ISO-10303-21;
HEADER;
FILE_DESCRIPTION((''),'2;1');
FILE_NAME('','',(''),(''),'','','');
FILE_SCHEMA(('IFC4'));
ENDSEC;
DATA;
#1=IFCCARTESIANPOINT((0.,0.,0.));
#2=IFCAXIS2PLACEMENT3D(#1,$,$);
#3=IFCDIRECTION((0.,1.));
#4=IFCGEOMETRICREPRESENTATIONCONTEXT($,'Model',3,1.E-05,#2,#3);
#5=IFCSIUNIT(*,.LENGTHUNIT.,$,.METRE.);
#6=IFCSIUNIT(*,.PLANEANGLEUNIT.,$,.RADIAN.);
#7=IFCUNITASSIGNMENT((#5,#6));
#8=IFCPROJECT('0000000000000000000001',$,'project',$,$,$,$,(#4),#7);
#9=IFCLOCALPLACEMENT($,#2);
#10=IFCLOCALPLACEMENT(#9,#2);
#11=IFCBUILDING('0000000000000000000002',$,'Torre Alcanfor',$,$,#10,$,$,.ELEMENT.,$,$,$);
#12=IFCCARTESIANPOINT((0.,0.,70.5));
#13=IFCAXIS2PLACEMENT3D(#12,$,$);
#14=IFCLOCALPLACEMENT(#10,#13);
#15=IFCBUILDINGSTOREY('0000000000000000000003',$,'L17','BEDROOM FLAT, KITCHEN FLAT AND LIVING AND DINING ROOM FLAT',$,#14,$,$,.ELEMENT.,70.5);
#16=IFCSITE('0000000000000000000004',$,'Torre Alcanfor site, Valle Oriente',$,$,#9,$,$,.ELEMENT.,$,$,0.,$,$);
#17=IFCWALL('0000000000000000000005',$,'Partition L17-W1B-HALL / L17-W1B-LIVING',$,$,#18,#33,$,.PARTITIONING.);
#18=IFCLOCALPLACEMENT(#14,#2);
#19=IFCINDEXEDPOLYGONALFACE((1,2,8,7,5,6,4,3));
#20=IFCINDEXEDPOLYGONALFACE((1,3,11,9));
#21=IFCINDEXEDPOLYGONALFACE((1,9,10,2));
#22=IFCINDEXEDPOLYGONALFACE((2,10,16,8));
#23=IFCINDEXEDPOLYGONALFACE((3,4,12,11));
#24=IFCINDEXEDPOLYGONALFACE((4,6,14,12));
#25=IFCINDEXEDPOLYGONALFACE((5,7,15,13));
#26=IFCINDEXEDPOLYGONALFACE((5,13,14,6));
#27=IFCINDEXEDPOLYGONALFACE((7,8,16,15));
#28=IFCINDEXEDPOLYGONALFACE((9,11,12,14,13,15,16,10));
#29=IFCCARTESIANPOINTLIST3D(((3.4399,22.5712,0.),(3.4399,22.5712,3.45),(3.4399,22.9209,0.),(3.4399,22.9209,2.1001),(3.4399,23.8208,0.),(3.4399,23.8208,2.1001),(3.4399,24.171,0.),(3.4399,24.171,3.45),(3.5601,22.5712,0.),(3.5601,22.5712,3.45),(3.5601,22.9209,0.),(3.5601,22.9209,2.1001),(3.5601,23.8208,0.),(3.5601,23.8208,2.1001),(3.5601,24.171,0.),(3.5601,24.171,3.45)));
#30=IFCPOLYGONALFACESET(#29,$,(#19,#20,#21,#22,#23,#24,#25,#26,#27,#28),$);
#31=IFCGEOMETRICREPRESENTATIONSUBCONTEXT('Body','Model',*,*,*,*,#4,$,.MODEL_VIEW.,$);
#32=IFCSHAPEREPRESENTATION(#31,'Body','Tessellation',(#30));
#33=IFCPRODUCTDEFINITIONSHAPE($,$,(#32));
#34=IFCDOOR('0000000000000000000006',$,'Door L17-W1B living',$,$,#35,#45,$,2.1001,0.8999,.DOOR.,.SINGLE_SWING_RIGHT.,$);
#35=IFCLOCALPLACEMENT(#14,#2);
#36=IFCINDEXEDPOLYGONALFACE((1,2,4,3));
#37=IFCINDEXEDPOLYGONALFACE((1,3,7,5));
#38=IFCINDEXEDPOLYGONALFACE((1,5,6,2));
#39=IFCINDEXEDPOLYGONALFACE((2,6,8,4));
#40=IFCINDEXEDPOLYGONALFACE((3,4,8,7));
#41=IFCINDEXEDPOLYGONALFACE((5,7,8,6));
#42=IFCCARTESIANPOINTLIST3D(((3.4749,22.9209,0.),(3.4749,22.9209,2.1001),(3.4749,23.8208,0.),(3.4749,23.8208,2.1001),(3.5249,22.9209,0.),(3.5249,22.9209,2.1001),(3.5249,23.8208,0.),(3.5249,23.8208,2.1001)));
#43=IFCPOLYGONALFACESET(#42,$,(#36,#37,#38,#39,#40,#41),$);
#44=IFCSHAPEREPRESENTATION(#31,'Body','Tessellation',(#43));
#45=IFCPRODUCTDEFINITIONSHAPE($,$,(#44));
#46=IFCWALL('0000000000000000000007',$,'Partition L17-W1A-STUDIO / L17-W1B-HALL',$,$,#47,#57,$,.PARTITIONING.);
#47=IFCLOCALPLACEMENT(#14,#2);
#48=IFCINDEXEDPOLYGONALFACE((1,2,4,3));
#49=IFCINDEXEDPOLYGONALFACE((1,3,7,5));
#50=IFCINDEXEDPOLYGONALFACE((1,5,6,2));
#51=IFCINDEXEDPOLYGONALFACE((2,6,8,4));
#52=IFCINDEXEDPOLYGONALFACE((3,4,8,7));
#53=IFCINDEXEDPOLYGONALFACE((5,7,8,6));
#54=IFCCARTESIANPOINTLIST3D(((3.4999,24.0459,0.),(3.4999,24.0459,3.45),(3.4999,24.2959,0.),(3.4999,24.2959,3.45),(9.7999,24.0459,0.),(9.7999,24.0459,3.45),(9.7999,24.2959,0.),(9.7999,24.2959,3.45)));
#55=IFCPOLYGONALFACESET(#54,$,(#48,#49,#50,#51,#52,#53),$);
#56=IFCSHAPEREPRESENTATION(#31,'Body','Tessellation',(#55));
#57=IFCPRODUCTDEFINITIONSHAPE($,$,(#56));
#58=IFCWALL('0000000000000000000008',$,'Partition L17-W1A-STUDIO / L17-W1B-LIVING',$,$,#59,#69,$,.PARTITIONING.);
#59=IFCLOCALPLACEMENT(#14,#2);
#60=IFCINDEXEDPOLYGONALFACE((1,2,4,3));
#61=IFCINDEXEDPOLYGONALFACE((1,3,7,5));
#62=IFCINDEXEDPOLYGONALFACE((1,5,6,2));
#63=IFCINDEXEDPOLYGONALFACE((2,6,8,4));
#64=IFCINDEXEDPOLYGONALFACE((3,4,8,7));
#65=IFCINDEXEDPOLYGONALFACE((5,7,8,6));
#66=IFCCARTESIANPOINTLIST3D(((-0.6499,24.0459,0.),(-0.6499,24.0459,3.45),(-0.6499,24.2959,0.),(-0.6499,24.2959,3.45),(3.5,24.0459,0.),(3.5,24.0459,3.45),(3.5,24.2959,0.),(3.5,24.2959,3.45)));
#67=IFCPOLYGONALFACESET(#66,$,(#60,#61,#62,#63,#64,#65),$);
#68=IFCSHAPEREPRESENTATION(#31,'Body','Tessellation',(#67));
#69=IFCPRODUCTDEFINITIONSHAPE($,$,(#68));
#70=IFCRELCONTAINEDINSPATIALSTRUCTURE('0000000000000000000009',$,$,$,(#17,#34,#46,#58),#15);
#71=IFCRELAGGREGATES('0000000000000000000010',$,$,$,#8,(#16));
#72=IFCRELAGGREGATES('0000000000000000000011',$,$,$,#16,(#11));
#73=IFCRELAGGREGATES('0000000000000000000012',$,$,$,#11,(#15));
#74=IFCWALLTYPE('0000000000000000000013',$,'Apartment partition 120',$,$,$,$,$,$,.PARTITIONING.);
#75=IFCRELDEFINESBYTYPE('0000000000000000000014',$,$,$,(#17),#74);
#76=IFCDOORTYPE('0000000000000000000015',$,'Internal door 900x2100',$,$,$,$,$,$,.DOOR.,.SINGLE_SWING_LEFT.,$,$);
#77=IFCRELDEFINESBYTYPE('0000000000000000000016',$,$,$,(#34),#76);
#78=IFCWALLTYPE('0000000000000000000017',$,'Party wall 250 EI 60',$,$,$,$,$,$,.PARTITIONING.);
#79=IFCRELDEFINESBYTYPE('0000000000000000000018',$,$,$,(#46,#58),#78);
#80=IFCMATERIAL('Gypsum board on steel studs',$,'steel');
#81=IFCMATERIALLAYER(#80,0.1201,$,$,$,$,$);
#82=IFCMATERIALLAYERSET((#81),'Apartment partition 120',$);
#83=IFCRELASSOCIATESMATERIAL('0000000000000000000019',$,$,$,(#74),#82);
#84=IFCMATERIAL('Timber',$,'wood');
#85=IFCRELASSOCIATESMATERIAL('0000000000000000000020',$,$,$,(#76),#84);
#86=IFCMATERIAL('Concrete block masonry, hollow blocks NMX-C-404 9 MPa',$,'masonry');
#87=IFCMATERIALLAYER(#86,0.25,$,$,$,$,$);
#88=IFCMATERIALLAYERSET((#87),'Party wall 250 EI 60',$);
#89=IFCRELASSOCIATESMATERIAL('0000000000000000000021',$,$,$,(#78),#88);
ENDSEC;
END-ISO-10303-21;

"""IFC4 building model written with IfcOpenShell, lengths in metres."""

from ifc_helpers import new_model, si_unit, direction, frame, frame_2d, origin, place, context, subcontext, project, spatial, rectangle, extrude, material, layer, layer_set, type_object, element, fill, save


model = new_model("IFC4")

# Units and contexts
model_context = context("Model", 3, precision=1e-05, world=origin(), true_north=direction((0.0, 1.0)))
body_context = subcontext(model_context, "Body", "Model", "MODEL_VIEW")
ifc_project = project(units=[si_unit("LENGTHUNIT", "METRE"), si_unit("PLANEANGLEUNIT", "RADIAN")], contexts=[model_context])

# Site, building, storey
site_placement = place(None, origin())
site = spatial("IfcSite", under=ifc_project, at=site_placement, Name="Torre Alcanfor site, Valle Oriente", CompositionType="ELEMENT", RefElevation=0.0)
building_placement = place(site_placement, origin())
building = spatial("IfcBuilding", under=site, at=building_placement, Name="Torre Alcanfor", CompositionType="ELEMENT")
storey_placement = place(building_placement, frame((0.0, 0.0, 70.5)))
storey = spatial("IfcBuildingStorey", under=building, at=storey_placement, Name="L17", Description="BEDROOM FLAT, KITCHEN FLAT AND LIVING AND DINING ROOM FLAT", CompositionType="ELEMENT", Elevation=70.5)

# Shared definitions
ifc_material_1 = material(Name="Gypsum board on steel studs", Category="steel")
ifc_layer_1 = layer(ifc_material_1, 0.1201)
ifc_layer_set_1 = layer_set([ifc_layer_1], Name="Apartment partition 120")
wall_type_1 = type_object("IfcWallType", Name="Apartment partition 120", PredefinedType="PARTITIONING", material=ifc_layer_set_1)

# Wall, opening, door
wall_1_placement = place(storey_placement, frame((3.5, 24.1709, 0.0), z_axis=(0.0, 0.0, 1.0), x_axis=(0.0, -1.0, 0.0)))
wall_1 = element("IfcWall", 1, at=wall_1_placement, inside=storey, type_object=wall_type_1, Name="Partition L17-W1B-HALL / L17-W1B-LIVING", PredefinedType="PARTITIONING", context=body_context, shape_type="SweptSolid", body=[
    extrude(rectangle(XDim=1.5999, YDim=0.1201, at=frame_2d((0.7998, 0.0))), origin(), (0.0, 0.0, 1.0), 3.45),
])
opening_placement = place(wall_1_placement, frame((0.3501, 0.0, 0.0)))
opening = element("IfcOpeningElement", 2, at=opening_placement, cuts=wall_1, PredefinedType="OPENING", context=body_context, shape_type="SweptSolid", body=[
    extrude(rectangle(XDim=0.8999, YDim=2.1001, at=frame_2d((0.45, 1.05))), frame((0.0, 0.0701, 0.0), z_axis=(0.0, -1.0, 0.0), x_axis=(1.0, 0.0, 0.0)), (0.0, 0.0, 1.0), 0.1401),
])
ifc_material_2 = material(Name="Timber", Category="wood")
door_type = type_object("IfcDoorType", Name="Internal door 900x2100", OperationType="SINGLE_SWING_LEFT", PredefinedType="DOOR", material=ifc_material_2)
door_placement = place(opening_placement, frame((0.8999, 0.0, 0.0), z_axis=(0.0, 0.0, 1.0), x_axis=(-1.0, 0.0, 0.0)))
door = element("IfcDoor", 3, at=door_placement, inside=storey, type_object=door_type, Name="Door L17-W1B living", OperationType="SINGLE_SWING_RIGHT", OverallHeight=2.1001, OverallWidth=0.8999, PredefinedType="DOOR", context=body_context, shape_type="SweptSolid", body=[
    extrude(rectangle(XDim=0.8999, YDim=2.1001, at=frame_2d((0.45, 1.05))), frame((0.0, 0.0251, 0.0), z_axis=(0.0, -1.0, 0.0), x_axis=(1.0, 0.0, 0.0)), (0.0, 0.0, 1.0), 0.05),
])
fill(opening, door)

# Walls
ifc_material_3 = material(Name="Concrete block masonry, hollow blocks NMX-C-404 9 MPa", Category="masonry")
ifc_layer_2 = layer(ifc_material_3, 0.25)
ifc_layer_set_2 = layer_set([ifc_layer_2], Name="Party wall 250 EI 60")
wall_type_2 = type_object("IfcWallType", Name="Party wall 250 EI 60", PredefinedType="PARTITIONING", material=ifc_layer_set_2)
wall_2_placement = place(storey_placement, frame((3.5, 24.1709, 0.0), z_axis=(0.0, 0.0, 1.0), x_axis=(1.0, 0.0, 0.0)))
element("IfcWall", 4, at=wall_2_placement, inside=storey, type_object=wall_type_2, Name="Partition L17-W1A-STUDIO / L17-W1B-HALL", PredefinedType="PARTITIONING", context=body_context, shape_type="SweptSolid", body=[
    extrude(rectangle(XDim=6.3, YDim=0.25, at=frame_2d((3.1499, 0.0))), origin(), (0.0, 0.0, 1.0), 3.45),
])
wall_3_placement = place(storey_placement, frame((-0.6499, 24.1709, 0.0), z_axis=(0.0, 0.0, 1.0), x_axis=(1.0, 0.0, 0.0)))
element("IfcWall", 5, at=wall_3_placement, inside=storey, type_object=wall_type_2, Name="Partition L17-W1A-STUDIO / L17-W1B-LIVING", PredefinedType="PARTITIONING", context=body_context, shape_type="SweptSolid", body=[
    extrude(rectangle(XDim=4.1499, YDim=0.25, at=frame_2d((2.075, 0.0))), origin(), (0.0, 0.0, 1.0), 3.45),
])

save(model, "model.ifc")
